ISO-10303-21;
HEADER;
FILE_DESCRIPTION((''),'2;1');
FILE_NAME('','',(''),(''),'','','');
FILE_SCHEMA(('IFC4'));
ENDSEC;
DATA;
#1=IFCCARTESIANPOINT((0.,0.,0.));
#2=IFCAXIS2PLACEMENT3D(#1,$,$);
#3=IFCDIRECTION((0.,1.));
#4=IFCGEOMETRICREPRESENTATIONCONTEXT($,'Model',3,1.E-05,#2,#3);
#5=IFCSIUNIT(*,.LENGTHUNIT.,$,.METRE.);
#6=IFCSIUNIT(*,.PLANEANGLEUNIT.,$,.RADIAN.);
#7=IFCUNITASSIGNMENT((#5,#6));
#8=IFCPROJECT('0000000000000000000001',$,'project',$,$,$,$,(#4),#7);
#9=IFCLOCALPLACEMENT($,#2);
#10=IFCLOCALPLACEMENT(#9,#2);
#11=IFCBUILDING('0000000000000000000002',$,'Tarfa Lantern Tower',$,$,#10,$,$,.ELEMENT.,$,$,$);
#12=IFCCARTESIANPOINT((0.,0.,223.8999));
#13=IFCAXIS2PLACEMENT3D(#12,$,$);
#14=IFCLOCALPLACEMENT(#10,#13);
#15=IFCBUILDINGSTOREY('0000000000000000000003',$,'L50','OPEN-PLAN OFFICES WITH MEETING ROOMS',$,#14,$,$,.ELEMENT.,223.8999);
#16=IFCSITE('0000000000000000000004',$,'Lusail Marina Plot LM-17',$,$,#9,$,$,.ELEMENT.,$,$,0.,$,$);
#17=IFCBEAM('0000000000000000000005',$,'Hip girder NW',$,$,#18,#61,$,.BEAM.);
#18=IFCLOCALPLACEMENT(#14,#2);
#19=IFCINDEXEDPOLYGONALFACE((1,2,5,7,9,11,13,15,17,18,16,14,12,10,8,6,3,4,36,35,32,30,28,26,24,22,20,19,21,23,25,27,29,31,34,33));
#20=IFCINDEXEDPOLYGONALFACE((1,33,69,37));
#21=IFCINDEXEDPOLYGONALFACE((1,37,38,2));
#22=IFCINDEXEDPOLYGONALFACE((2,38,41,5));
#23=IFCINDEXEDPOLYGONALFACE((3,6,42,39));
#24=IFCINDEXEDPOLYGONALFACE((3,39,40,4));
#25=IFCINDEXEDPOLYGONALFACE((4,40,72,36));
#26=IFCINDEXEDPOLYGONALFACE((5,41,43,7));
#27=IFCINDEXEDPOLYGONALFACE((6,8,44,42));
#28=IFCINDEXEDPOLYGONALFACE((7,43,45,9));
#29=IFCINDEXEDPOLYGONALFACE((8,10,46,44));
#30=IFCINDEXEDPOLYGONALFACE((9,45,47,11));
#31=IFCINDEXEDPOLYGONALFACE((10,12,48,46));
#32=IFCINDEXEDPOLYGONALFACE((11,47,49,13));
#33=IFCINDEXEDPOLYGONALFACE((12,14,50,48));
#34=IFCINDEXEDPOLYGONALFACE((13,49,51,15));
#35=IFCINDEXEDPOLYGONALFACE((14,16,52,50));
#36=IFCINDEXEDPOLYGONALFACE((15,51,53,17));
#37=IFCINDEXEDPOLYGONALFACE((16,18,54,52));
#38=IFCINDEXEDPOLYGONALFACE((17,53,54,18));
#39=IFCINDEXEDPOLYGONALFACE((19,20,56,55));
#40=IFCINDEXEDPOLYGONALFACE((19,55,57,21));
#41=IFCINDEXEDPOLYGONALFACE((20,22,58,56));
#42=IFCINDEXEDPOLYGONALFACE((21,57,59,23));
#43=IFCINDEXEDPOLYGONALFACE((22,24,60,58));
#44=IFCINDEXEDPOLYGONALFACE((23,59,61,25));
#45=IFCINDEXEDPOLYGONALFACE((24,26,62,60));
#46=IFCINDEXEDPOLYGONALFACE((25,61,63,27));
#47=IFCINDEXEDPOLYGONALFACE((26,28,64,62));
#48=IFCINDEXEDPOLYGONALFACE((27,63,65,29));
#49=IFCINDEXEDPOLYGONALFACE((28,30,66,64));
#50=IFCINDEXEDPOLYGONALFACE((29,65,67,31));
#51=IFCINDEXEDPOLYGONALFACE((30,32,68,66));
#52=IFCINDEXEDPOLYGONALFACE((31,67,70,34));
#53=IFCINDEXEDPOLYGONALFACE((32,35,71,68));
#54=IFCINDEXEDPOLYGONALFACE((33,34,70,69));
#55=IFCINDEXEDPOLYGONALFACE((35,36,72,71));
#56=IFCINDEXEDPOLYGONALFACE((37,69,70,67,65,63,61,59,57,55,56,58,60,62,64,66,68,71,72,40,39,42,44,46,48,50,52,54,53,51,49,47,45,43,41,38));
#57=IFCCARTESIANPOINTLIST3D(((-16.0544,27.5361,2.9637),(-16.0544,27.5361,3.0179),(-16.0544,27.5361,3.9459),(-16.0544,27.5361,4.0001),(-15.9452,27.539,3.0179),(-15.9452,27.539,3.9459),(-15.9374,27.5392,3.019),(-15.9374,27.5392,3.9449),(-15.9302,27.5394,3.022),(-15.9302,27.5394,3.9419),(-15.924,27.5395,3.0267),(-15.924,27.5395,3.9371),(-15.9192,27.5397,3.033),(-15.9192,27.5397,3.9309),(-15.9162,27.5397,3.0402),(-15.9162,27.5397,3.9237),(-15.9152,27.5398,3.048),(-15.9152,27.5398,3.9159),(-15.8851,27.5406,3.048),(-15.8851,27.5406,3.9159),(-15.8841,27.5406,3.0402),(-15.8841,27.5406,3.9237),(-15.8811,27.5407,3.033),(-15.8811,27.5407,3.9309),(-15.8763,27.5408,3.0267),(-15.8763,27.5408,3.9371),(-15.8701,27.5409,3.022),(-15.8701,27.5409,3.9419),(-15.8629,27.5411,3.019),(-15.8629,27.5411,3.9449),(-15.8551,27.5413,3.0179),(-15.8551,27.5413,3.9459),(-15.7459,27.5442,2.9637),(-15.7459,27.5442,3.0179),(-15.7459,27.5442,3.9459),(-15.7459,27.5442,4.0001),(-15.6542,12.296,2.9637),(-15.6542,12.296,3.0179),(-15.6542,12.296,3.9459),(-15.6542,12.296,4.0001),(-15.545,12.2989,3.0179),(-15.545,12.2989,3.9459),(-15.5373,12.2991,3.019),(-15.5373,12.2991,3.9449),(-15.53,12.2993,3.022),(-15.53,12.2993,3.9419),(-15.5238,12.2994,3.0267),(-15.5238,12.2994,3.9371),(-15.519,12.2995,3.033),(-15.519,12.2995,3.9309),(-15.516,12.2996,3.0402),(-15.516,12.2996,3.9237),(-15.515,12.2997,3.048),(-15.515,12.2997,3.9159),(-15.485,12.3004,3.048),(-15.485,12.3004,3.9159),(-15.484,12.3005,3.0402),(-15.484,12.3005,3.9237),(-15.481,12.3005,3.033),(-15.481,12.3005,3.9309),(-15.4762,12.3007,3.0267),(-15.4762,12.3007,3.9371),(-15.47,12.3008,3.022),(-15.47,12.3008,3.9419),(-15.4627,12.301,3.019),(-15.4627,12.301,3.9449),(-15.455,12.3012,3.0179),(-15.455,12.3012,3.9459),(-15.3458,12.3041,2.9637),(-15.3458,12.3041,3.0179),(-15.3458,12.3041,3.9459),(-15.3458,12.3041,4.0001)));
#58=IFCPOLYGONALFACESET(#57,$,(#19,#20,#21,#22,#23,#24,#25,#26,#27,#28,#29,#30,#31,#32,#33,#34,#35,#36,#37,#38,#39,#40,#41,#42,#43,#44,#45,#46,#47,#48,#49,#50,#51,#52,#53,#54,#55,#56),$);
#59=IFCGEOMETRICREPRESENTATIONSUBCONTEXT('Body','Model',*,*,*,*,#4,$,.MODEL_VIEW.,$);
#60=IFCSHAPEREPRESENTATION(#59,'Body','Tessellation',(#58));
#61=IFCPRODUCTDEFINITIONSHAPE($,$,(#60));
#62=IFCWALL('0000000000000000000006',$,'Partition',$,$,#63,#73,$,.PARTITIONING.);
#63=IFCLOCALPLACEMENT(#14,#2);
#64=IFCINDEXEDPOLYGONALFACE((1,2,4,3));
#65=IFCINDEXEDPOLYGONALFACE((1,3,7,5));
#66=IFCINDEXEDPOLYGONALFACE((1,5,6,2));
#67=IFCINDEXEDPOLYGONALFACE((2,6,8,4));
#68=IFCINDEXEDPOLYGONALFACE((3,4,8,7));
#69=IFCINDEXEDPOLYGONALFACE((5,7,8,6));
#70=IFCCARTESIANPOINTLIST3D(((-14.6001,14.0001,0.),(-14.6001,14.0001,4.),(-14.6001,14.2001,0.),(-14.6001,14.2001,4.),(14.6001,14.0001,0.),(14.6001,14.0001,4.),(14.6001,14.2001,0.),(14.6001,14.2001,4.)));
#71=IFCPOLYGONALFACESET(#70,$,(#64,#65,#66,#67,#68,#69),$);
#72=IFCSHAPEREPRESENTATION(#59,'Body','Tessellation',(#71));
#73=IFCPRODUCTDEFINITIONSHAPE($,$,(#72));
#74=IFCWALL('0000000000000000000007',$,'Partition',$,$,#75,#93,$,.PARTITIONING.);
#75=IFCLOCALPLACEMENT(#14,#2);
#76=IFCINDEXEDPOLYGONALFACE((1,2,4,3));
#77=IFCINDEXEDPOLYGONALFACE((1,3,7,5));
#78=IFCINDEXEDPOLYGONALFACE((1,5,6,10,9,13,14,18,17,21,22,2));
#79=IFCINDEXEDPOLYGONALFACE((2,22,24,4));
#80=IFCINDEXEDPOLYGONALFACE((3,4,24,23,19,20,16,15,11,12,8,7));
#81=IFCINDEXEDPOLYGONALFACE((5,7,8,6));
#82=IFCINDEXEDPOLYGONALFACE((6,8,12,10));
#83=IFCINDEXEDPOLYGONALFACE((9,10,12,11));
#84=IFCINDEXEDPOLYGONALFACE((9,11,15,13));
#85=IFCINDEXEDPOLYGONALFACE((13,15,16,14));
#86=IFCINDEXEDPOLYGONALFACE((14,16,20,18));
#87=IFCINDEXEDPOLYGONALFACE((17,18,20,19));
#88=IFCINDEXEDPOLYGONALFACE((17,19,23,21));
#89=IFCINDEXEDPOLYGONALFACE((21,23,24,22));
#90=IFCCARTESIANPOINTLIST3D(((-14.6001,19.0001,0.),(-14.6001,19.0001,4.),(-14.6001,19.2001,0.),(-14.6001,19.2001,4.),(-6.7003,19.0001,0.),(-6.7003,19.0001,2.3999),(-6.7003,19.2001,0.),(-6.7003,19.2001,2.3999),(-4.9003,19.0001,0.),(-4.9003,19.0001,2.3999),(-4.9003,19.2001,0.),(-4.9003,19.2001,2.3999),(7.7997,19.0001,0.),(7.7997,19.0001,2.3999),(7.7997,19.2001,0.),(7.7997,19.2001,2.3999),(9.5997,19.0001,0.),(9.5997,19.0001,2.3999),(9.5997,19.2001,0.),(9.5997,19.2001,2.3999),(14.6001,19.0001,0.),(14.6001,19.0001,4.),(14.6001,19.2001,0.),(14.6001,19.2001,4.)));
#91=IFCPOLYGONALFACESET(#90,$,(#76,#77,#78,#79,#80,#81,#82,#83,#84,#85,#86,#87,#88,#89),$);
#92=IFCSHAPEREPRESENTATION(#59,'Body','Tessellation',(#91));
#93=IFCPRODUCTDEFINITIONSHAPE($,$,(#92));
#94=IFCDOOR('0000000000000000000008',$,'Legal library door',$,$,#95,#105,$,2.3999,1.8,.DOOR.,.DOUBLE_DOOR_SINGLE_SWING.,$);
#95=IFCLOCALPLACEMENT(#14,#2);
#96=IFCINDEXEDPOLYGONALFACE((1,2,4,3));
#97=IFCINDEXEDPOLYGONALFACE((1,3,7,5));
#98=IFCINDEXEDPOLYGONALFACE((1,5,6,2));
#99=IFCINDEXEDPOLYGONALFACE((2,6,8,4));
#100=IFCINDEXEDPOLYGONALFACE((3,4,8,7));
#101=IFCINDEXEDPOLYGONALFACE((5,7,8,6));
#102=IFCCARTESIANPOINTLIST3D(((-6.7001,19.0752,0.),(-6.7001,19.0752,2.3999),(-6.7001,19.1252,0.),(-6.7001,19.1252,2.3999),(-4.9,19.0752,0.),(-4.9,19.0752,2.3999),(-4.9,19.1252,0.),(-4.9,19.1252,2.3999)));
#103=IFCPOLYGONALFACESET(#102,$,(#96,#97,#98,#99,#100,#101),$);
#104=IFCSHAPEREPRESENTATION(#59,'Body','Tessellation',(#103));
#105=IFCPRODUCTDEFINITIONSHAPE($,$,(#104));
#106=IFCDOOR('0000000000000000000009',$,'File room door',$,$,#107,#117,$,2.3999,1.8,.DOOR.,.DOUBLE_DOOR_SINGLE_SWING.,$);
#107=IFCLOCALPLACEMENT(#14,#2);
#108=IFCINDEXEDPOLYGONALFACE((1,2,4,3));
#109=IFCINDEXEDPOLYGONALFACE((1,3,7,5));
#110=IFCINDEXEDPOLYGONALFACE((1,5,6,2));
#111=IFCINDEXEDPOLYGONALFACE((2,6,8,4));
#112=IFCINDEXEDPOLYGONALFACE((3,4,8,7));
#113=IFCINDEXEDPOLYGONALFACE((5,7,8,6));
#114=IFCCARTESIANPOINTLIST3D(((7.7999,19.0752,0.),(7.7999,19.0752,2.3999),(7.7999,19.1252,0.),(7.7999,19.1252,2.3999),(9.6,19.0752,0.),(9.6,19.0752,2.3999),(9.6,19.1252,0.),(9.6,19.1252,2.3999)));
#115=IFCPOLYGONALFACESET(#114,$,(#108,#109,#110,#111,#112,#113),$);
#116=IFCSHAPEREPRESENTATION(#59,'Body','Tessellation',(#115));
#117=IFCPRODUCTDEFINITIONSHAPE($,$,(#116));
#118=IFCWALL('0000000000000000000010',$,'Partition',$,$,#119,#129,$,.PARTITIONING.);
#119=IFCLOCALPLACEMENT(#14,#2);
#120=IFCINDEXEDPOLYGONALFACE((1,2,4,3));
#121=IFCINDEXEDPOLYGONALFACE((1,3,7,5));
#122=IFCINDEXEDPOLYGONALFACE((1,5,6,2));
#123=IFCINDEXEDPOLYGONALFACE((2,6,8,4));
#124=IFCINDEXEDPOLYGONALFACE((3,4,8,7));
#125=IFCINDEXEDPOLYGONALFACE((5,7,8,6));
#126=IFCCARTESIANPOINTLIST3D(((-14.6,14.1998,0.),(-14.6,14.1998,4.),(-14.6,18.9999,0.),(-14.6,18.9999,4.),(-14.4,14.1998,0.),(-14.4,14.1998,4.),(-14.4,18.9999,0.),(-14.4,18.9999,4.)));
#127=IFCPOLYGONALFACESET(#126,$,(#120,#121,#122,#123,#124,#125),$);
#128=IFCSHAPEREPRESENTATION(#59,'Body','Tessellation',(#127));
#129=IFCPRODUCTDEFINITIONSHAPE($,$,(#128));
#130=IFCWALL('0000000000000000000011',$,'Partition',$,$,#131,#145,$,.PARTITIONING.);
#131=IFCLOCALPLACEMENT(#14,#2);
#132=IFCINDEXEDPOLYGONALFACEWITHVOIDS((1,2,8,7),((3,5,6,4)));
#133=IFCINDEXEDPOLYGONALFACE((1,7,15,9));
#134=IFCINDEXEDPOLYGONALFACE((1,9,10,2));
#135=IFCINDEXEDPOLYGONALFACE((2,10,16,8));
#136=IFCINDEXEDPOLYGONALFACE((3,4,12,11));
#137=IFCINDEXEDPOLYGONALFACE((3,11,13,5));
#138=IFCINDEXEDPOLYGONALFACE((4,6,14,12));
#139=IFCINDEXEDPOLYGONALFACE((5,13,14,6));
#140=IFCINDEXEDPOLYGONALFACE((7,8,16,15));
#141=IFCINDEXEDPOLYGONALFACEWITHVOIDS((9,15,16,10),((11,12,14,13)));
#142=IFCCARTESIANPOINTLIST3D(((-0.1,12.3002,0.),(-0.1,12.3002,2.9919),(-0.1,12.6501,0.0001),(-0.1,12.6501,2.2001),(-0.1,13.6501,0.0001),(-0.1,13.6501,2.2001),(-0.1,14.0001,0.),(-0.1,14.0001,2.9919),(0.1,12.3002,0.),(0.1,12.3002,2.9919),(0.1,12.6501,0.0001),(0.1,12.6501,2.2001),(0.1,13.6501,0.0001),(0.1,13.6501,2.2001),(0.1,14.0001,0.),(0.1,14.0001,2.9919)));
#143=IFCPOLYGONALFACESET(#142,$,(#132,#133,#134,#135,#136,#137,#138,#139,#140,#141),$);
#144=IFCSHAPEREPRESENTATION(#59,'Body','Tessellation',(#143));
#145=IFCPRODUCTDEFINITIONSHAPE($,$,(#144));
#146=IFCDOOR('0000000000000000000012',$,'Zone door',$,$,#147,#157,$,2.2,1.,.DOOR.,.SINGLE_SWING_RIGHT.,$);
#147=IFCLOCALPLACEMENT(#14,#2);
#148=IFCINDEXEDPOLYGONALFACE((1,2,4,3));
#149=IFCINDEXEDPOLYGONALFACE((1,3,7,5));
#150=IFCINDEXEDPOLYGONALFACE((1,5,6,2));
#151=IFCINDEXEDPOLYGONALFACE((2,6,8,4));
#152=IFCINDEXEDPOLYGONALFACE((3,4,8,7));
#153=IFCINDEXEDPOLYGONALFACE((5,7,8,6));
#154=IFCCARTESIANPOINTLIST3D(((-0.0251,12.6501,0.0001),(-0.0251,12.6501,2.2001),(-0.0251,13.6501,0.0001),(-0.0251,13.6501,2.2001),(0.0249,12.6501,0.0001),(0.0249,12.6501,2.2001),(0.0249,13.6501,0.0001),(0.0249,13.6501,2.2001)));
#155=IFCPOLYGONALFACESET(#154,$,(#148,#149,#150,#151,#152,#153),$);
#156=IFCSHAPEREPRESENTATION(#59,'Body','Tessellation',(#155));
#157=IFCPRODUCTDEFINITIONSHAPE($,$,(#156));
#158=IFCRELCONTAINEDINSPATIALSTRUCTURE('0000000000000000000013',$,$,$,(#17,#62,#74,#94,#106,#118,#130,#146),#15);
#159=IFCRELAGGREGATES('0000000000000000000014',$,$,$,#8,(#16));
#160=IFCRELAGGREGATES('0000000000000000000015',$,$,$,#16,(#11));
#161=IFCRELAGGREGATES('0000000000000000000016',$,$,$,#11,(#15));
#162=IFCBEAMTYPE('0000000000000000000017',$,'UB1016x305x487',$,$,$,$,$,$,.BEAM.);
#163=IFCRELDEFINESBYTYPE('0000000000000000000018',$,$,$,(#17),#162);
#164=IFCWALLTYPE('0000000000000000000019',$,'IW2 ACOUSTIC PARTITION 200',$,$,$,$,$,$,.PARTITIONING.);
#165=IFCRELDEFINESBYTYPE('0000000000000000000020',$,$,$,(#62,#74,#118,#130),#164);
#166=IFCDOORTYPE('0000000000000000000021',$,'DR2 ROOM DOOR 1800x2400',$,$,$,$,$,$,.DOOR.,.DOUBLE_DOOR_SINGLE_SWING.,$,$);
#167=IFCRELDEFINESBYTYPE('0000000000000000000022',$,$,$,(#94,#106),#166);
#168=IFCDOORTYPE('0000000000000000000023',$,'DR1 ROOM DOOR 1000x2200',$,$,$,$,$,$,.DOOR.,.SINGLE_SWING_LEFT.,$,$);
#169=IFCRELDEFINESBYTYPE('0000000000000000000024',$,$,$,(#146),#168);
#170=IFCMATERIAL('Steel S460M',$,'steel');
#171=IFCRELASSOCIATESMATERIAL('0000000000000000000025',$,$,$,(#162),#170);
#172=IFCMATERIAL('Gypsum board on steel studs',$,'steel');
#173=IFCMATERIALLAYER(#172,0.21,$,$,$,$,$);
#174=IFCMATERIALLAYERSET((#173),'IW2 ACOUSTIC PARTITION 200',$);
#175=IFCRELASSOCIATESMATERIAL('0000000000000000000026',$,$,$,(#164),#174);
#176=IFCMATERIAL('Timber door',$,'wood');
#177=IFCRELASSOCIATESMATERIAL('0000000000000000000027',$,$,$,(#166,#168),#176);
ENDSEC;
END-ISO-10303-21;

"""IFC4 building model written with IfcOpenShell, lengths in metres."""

from ifc_helpers import new_model, si_unit, direction, frame, frame_2d, origin, origin_2d, place, context, subcontext, project, spatial, rectangle, i_section, extrude, material, layer, layer_set, material_profile, profile_set, type_object, element, fill, save


model = new_model("IFC4")

# Units and contexts
model_context = context("Model", 3, precision=1e-05, world=origin(), true_north=direction((0.0, 1.0)))
body_context = subcontext(model_context, "Body", "Model", "MODEL_VIEW")
ifc_project = project(units=[si_unit("LENGTHUNIT", "METRE"), si_unit("PLANEANGLEUNIT", "RADIAN")], contexts=[model_context])

# Site, building, storey
site_placement = place(None, origin())
site = spatial("IfcSite", under=ifc_project, at=site_placement, Name="Lusail Marina Plot LM-17", CompositionType="ELEMENT", RefElevation=0.0)
building_placement = place(site_placement, origin())
building = spatial("IfcBuilding", under=site, at=building_placement, Name="Tarfa Lantern Tower", CompositionType="ELEMENT")
storey_placement = place(building_placement, frame((0.0, 0.0, 223.8999)))
storey = spatial("IfcBuildingStorey", under=building, at=storey_placement, Name="L50", Description="OPEN-PLAN OFFICES WITH MEETING ROOMS", CompositionType="ELEMENT", Elevation=223.8999)

# Beam
ifc_material_1 = material(Name="Steel S460M", Category="steel")
ifc_material_profile = material_profile(ifc_material_1, i_section(OverallWidth=0.3086, OverallDepth=1.0364, WebThickness=0.03, FlangeThickness=0.0542, FilletRadius=0.03, at=origin_2d()), Name="UB1016x305x487")
ifc_profile_set = profile_set([ifc_material_profile], Name="Steel S460M")
beam_type = type_object("IfcBeamType", Name="UB1016x305x487", PredefinedType="BEAM", material=ifc_profile_set)
beam_placement = place(storey_placement, frame((-15.5, 12.3, 3.4819), z_axis=(-0.026247, 0.999655, 0.0), x_axis=(-0.999655, -0.026247, 0.0)))
element("IfcBeam", 1, at=beam_placement, inside=storey, type_object=beam_type, Name="Hip girder NW", PredefinedType="BEAM", context=body_context, shape_type="SweptSolid", body=[
    extrude(i_section(OverallWidth=0.3086, OverallDepth=1.0364, WebThickness=0.03, FlangeThickness=0.0542, FilletRadius=0.03, at=origin_2d()), origin(), (0.0, 0.0, 1.0), 15.2454),
])

# Wall
ifc_material_2 = material(Name="Gypsum board on steel studs", Category="steel")
ifc_layer_1 = layer(ifc_material_2, 0.21)
ifc_layer_set_1 = layer_set([ifc_layer_1], Name="IW2 ACOUSTIC PARTITION 200")
wall_type_1 = type_object("IfcWallType", Name="IW2 ACOUSTIC PARTITION 200", PredefinedType="PARTITIONING", material=ifc_layer_set_1)
wall_1_placement = place(storey_placement, frame((-14.6001, 14.1001, 0.0), z_axis=(0.0, 0.0, 1.0), x_axis=(1.0, 0.0, 0.0)))
element("IfcWall", 2, at=wall_1_placement, inside=storey, type_object=wall_type_1, Name="Partition", PredefinedType="PARTITIONING", context=body_context, shape_type="SweptSolid", body=[
    extrude(rectangle(XDim=29.2002, YDim=0.2, at=frame_2d((14.6001, 0.0))), origin(), (0.0, 0.0, 1.0), 4.0),
])

# Wall, openings, doors
wall_2_placement = place(storey_placement, frame((-14.6001, 19.1001, 0.0), z_axis=(0.0, 0.0, 1.0), x_axis=(1.0, 0.0, 0.0)))
wall_2 = element("IfcWall", 3, at=wall_2_placement, inside=storey, type_object=wall_type_1, Name="Partition", PredefinedType="PARTITIONING", context=body_context, shape_type="SweptSolid", body=[
    extrude(rectangle(XDim=29.2002, YDim=0.2, at=frame_2d((14.6001, 0.0))), origin(), (0.0, 0.0, 1.0), 4.0),
])
opening_1_placement = place(wall_2_placement, frame((7.8999, 0.0, 0.0)))
opening_1 = element("IfcOpeningElement", 4, at=opening_1_placement, cuts=wall_2, PredefinedType="OPENING", context=body_context, shape_type="SweptSolid", body=[
    extrude(rectangle(XDim=1.8, YDim=2.3999, at=frame_2d((0.8999, 1.2))), frame((0.0, 0.1099, 0.0), z_axis=(0.0, -1.0, 0.0), x_axis=(1.0, 0.0, 0.0)), (0.0, 0.0, 1.0), 0.22),
])
opening_2_placement = place(wall_2_placement, frame((22.3999, 0.0, 0.0)))
opening_2 = element("IfcOpeningElement", 5, at=opening_2_placement, cuts=wall_2, PredefinedType="OPENING", context=body_context, shape_type="SweptSolid", body=[
    extrude(rectangle(XDim=1.8, YDim=2.3999, at=frame_2d((0.8999, 1.2))), frame((0.0, 0.1099, 0.0), z_axis=(0.0, -1.0, 0.0), x_axis=(1.0, 0.0, 0.0)), (0.0, 0.0, 1.0), 0.22),
])
ifc_material_3 = material(Name="Timber door", Category="wood")
door_type_1 = type_object("IfcDoorType", Name="DR2 ROOM DOOR 1800x2400", OperationType="DOUBLE_DOOR_SINGLE_SWING", PredefinedType="DOOR", material=ifc_material_3)
door_1_placement = place(opening_1_placement, frame((1.8, 0.0, 0.0), z_axis=(0.0, 0.0, 1.0), x_axis=(-1.0, 0.0, 0.0)))
door_1 = element("IfcDoor", 6, at=door_1_placement, inside=storey, type_object=door_type_1, Name="Legal library door", OperationType="DOUBLE_DOOR_SINGLE_SWING", OverallHeight=2.3999, OverallWidth=1.8, PredefinedType="DOOR", context=body_context, shape_type="SweptSolid", body=[
    extrude(rectangle(XDim=1.8, YDim=2.3999, at=frame_2d((0.8999, 1.2))), frame((0.0, 0.0249, 0.0), z_axis=(0.0, -1.0, 0.0), x_axis=(1.0, 0.0, 0.0)), (0.0, 0.0, 1.0), 0.05),
])
fill(opening_1, door_1)
door_2_placement = place(opening_2_placement, frame((1.8, 0.0, 0.0), z_axis=(0.0, 0.0, 1.0), x_axis=(-1.0, 0.0, 0.0)))
door_2 = element("IfcDoor", 7, at=door_2_placement, inside=storey, type_object=door_type_1, Name="File room door", OperationType="DOUBLE_DOOR_SINGLE_SWING", OverallHeight=2.3999, OverallWidth=1.8, PredefinedType="DOOR", context=body_context, shape_type="SweptSolid", body=[
    extrude(rectangle(XDim=1.8, YDim=2.3999, at=frame_2d((0.8999, 1.2))), frame((0.0, 0.0249, 0.0), z_axis=(0.0, -1.0, 0.0), x_axis=(1.0, 0.0, 0.0)), (0.0, 0.0, 1.0), 0.05),
])
fill(opening_2, door_2)

# Wall
wall_3_placement = place(storey_placement, frame((-14.5, 14.2, 0.0), z_axis=(0.0, 0.0, 1.0), x_axis=(0.0, 1.0, 0.0)))
element("IfcWall", 8, at=wall_3_placement, inside=storey, type_object=wall_type_1, Name="Partition", PredefinedType="PARTITIONING", context=body_context, shape_type="SweptSolid", body=[
    extrude(rectangle(XDim=4.8, YDim=0.2, at=frame_2d((2.3999, 0.0))), origin(), (0.0, 0.0, 1.0), 4.0),
])

# Wall, opening, door
wall_4_placement = place(storey_placement, frame((0.0, 12.3, 0.0), z_axis=(0.0, 0.0, 1.0), x_axis=(0.0, 1.0, 0.0)))
wall_4 = element("IfcWall", 9, at=wall_4_placement, inside=storey, type_object=wall_type_1, Name="Partition", PredefinedType="PARTITIONING", context=body_context, shape_type="SweptSolid", body=[
    extrude(rectangle(XDim=1.7, YDim=0.2, at=frame_2d((0.8501, 0.0))), origin(), (0.0, 0.0, 1.0), 2.9919),
])
opening_3_placement = place(wall_4_placement, frame((0.3501, 0.0, 0.0)))
opening_3 = element("IfcOpeningElement", 10, at=opening_3_placement, cuts=wall_4, PredefinedType="OPENING", context=body_context, shape_type="SweptSolid", body=[
    extrude(rectangle(XDim=1.0, YDim=2.2, at=frame_2d((0.5, 1.1001))), frame((0.0, 0.1099, 0.0), z_axis=(0.0, -1.0, 0.0), x_axis=(1.0, 0.0, 0.0)), (0.0, 0.0, 1.0), 0.22),
])
door_type_2 = type_object("IfcDoorType", Name="DR1 ROOM DOOR 1000x2200", OperationType="SINGLE_SWING_LEFT", PredefinedType="DOOR", material=ifc_material_3)
door_3_placement = place(opening_3_placement, frame((1.0, 0.0, 0.0), z_axis=(0.0, 0.0, 1.0), x_axis=(-1.0, 0.0, 0.0)))
door_3 = element("IfcDoor", 11, at=door_3_placement, inside=storey, type_object=door_type_2, Name="Zone door", OperationType="SINGLE_SWING_RIGHT", OverallHeight=2.2, OverallWidth=1.0, PredefinedType="DOOR", context=body_context, shape_type="SweptSolid", body=[
    extrude(rectangle(XDim=1.0, YDim=2.2, at=frame_2d((0.5, 1.1001))), frame((0.0, 0.0249, 0.0), z_axis=(0.0, -1.0, 0.0), x_axis=(1.0, 0.0, 0.0)), (0.0, 0.0, 1.0), 0.05),
])
fill(opening_3, door_3)

save(model, "model.ifc")
